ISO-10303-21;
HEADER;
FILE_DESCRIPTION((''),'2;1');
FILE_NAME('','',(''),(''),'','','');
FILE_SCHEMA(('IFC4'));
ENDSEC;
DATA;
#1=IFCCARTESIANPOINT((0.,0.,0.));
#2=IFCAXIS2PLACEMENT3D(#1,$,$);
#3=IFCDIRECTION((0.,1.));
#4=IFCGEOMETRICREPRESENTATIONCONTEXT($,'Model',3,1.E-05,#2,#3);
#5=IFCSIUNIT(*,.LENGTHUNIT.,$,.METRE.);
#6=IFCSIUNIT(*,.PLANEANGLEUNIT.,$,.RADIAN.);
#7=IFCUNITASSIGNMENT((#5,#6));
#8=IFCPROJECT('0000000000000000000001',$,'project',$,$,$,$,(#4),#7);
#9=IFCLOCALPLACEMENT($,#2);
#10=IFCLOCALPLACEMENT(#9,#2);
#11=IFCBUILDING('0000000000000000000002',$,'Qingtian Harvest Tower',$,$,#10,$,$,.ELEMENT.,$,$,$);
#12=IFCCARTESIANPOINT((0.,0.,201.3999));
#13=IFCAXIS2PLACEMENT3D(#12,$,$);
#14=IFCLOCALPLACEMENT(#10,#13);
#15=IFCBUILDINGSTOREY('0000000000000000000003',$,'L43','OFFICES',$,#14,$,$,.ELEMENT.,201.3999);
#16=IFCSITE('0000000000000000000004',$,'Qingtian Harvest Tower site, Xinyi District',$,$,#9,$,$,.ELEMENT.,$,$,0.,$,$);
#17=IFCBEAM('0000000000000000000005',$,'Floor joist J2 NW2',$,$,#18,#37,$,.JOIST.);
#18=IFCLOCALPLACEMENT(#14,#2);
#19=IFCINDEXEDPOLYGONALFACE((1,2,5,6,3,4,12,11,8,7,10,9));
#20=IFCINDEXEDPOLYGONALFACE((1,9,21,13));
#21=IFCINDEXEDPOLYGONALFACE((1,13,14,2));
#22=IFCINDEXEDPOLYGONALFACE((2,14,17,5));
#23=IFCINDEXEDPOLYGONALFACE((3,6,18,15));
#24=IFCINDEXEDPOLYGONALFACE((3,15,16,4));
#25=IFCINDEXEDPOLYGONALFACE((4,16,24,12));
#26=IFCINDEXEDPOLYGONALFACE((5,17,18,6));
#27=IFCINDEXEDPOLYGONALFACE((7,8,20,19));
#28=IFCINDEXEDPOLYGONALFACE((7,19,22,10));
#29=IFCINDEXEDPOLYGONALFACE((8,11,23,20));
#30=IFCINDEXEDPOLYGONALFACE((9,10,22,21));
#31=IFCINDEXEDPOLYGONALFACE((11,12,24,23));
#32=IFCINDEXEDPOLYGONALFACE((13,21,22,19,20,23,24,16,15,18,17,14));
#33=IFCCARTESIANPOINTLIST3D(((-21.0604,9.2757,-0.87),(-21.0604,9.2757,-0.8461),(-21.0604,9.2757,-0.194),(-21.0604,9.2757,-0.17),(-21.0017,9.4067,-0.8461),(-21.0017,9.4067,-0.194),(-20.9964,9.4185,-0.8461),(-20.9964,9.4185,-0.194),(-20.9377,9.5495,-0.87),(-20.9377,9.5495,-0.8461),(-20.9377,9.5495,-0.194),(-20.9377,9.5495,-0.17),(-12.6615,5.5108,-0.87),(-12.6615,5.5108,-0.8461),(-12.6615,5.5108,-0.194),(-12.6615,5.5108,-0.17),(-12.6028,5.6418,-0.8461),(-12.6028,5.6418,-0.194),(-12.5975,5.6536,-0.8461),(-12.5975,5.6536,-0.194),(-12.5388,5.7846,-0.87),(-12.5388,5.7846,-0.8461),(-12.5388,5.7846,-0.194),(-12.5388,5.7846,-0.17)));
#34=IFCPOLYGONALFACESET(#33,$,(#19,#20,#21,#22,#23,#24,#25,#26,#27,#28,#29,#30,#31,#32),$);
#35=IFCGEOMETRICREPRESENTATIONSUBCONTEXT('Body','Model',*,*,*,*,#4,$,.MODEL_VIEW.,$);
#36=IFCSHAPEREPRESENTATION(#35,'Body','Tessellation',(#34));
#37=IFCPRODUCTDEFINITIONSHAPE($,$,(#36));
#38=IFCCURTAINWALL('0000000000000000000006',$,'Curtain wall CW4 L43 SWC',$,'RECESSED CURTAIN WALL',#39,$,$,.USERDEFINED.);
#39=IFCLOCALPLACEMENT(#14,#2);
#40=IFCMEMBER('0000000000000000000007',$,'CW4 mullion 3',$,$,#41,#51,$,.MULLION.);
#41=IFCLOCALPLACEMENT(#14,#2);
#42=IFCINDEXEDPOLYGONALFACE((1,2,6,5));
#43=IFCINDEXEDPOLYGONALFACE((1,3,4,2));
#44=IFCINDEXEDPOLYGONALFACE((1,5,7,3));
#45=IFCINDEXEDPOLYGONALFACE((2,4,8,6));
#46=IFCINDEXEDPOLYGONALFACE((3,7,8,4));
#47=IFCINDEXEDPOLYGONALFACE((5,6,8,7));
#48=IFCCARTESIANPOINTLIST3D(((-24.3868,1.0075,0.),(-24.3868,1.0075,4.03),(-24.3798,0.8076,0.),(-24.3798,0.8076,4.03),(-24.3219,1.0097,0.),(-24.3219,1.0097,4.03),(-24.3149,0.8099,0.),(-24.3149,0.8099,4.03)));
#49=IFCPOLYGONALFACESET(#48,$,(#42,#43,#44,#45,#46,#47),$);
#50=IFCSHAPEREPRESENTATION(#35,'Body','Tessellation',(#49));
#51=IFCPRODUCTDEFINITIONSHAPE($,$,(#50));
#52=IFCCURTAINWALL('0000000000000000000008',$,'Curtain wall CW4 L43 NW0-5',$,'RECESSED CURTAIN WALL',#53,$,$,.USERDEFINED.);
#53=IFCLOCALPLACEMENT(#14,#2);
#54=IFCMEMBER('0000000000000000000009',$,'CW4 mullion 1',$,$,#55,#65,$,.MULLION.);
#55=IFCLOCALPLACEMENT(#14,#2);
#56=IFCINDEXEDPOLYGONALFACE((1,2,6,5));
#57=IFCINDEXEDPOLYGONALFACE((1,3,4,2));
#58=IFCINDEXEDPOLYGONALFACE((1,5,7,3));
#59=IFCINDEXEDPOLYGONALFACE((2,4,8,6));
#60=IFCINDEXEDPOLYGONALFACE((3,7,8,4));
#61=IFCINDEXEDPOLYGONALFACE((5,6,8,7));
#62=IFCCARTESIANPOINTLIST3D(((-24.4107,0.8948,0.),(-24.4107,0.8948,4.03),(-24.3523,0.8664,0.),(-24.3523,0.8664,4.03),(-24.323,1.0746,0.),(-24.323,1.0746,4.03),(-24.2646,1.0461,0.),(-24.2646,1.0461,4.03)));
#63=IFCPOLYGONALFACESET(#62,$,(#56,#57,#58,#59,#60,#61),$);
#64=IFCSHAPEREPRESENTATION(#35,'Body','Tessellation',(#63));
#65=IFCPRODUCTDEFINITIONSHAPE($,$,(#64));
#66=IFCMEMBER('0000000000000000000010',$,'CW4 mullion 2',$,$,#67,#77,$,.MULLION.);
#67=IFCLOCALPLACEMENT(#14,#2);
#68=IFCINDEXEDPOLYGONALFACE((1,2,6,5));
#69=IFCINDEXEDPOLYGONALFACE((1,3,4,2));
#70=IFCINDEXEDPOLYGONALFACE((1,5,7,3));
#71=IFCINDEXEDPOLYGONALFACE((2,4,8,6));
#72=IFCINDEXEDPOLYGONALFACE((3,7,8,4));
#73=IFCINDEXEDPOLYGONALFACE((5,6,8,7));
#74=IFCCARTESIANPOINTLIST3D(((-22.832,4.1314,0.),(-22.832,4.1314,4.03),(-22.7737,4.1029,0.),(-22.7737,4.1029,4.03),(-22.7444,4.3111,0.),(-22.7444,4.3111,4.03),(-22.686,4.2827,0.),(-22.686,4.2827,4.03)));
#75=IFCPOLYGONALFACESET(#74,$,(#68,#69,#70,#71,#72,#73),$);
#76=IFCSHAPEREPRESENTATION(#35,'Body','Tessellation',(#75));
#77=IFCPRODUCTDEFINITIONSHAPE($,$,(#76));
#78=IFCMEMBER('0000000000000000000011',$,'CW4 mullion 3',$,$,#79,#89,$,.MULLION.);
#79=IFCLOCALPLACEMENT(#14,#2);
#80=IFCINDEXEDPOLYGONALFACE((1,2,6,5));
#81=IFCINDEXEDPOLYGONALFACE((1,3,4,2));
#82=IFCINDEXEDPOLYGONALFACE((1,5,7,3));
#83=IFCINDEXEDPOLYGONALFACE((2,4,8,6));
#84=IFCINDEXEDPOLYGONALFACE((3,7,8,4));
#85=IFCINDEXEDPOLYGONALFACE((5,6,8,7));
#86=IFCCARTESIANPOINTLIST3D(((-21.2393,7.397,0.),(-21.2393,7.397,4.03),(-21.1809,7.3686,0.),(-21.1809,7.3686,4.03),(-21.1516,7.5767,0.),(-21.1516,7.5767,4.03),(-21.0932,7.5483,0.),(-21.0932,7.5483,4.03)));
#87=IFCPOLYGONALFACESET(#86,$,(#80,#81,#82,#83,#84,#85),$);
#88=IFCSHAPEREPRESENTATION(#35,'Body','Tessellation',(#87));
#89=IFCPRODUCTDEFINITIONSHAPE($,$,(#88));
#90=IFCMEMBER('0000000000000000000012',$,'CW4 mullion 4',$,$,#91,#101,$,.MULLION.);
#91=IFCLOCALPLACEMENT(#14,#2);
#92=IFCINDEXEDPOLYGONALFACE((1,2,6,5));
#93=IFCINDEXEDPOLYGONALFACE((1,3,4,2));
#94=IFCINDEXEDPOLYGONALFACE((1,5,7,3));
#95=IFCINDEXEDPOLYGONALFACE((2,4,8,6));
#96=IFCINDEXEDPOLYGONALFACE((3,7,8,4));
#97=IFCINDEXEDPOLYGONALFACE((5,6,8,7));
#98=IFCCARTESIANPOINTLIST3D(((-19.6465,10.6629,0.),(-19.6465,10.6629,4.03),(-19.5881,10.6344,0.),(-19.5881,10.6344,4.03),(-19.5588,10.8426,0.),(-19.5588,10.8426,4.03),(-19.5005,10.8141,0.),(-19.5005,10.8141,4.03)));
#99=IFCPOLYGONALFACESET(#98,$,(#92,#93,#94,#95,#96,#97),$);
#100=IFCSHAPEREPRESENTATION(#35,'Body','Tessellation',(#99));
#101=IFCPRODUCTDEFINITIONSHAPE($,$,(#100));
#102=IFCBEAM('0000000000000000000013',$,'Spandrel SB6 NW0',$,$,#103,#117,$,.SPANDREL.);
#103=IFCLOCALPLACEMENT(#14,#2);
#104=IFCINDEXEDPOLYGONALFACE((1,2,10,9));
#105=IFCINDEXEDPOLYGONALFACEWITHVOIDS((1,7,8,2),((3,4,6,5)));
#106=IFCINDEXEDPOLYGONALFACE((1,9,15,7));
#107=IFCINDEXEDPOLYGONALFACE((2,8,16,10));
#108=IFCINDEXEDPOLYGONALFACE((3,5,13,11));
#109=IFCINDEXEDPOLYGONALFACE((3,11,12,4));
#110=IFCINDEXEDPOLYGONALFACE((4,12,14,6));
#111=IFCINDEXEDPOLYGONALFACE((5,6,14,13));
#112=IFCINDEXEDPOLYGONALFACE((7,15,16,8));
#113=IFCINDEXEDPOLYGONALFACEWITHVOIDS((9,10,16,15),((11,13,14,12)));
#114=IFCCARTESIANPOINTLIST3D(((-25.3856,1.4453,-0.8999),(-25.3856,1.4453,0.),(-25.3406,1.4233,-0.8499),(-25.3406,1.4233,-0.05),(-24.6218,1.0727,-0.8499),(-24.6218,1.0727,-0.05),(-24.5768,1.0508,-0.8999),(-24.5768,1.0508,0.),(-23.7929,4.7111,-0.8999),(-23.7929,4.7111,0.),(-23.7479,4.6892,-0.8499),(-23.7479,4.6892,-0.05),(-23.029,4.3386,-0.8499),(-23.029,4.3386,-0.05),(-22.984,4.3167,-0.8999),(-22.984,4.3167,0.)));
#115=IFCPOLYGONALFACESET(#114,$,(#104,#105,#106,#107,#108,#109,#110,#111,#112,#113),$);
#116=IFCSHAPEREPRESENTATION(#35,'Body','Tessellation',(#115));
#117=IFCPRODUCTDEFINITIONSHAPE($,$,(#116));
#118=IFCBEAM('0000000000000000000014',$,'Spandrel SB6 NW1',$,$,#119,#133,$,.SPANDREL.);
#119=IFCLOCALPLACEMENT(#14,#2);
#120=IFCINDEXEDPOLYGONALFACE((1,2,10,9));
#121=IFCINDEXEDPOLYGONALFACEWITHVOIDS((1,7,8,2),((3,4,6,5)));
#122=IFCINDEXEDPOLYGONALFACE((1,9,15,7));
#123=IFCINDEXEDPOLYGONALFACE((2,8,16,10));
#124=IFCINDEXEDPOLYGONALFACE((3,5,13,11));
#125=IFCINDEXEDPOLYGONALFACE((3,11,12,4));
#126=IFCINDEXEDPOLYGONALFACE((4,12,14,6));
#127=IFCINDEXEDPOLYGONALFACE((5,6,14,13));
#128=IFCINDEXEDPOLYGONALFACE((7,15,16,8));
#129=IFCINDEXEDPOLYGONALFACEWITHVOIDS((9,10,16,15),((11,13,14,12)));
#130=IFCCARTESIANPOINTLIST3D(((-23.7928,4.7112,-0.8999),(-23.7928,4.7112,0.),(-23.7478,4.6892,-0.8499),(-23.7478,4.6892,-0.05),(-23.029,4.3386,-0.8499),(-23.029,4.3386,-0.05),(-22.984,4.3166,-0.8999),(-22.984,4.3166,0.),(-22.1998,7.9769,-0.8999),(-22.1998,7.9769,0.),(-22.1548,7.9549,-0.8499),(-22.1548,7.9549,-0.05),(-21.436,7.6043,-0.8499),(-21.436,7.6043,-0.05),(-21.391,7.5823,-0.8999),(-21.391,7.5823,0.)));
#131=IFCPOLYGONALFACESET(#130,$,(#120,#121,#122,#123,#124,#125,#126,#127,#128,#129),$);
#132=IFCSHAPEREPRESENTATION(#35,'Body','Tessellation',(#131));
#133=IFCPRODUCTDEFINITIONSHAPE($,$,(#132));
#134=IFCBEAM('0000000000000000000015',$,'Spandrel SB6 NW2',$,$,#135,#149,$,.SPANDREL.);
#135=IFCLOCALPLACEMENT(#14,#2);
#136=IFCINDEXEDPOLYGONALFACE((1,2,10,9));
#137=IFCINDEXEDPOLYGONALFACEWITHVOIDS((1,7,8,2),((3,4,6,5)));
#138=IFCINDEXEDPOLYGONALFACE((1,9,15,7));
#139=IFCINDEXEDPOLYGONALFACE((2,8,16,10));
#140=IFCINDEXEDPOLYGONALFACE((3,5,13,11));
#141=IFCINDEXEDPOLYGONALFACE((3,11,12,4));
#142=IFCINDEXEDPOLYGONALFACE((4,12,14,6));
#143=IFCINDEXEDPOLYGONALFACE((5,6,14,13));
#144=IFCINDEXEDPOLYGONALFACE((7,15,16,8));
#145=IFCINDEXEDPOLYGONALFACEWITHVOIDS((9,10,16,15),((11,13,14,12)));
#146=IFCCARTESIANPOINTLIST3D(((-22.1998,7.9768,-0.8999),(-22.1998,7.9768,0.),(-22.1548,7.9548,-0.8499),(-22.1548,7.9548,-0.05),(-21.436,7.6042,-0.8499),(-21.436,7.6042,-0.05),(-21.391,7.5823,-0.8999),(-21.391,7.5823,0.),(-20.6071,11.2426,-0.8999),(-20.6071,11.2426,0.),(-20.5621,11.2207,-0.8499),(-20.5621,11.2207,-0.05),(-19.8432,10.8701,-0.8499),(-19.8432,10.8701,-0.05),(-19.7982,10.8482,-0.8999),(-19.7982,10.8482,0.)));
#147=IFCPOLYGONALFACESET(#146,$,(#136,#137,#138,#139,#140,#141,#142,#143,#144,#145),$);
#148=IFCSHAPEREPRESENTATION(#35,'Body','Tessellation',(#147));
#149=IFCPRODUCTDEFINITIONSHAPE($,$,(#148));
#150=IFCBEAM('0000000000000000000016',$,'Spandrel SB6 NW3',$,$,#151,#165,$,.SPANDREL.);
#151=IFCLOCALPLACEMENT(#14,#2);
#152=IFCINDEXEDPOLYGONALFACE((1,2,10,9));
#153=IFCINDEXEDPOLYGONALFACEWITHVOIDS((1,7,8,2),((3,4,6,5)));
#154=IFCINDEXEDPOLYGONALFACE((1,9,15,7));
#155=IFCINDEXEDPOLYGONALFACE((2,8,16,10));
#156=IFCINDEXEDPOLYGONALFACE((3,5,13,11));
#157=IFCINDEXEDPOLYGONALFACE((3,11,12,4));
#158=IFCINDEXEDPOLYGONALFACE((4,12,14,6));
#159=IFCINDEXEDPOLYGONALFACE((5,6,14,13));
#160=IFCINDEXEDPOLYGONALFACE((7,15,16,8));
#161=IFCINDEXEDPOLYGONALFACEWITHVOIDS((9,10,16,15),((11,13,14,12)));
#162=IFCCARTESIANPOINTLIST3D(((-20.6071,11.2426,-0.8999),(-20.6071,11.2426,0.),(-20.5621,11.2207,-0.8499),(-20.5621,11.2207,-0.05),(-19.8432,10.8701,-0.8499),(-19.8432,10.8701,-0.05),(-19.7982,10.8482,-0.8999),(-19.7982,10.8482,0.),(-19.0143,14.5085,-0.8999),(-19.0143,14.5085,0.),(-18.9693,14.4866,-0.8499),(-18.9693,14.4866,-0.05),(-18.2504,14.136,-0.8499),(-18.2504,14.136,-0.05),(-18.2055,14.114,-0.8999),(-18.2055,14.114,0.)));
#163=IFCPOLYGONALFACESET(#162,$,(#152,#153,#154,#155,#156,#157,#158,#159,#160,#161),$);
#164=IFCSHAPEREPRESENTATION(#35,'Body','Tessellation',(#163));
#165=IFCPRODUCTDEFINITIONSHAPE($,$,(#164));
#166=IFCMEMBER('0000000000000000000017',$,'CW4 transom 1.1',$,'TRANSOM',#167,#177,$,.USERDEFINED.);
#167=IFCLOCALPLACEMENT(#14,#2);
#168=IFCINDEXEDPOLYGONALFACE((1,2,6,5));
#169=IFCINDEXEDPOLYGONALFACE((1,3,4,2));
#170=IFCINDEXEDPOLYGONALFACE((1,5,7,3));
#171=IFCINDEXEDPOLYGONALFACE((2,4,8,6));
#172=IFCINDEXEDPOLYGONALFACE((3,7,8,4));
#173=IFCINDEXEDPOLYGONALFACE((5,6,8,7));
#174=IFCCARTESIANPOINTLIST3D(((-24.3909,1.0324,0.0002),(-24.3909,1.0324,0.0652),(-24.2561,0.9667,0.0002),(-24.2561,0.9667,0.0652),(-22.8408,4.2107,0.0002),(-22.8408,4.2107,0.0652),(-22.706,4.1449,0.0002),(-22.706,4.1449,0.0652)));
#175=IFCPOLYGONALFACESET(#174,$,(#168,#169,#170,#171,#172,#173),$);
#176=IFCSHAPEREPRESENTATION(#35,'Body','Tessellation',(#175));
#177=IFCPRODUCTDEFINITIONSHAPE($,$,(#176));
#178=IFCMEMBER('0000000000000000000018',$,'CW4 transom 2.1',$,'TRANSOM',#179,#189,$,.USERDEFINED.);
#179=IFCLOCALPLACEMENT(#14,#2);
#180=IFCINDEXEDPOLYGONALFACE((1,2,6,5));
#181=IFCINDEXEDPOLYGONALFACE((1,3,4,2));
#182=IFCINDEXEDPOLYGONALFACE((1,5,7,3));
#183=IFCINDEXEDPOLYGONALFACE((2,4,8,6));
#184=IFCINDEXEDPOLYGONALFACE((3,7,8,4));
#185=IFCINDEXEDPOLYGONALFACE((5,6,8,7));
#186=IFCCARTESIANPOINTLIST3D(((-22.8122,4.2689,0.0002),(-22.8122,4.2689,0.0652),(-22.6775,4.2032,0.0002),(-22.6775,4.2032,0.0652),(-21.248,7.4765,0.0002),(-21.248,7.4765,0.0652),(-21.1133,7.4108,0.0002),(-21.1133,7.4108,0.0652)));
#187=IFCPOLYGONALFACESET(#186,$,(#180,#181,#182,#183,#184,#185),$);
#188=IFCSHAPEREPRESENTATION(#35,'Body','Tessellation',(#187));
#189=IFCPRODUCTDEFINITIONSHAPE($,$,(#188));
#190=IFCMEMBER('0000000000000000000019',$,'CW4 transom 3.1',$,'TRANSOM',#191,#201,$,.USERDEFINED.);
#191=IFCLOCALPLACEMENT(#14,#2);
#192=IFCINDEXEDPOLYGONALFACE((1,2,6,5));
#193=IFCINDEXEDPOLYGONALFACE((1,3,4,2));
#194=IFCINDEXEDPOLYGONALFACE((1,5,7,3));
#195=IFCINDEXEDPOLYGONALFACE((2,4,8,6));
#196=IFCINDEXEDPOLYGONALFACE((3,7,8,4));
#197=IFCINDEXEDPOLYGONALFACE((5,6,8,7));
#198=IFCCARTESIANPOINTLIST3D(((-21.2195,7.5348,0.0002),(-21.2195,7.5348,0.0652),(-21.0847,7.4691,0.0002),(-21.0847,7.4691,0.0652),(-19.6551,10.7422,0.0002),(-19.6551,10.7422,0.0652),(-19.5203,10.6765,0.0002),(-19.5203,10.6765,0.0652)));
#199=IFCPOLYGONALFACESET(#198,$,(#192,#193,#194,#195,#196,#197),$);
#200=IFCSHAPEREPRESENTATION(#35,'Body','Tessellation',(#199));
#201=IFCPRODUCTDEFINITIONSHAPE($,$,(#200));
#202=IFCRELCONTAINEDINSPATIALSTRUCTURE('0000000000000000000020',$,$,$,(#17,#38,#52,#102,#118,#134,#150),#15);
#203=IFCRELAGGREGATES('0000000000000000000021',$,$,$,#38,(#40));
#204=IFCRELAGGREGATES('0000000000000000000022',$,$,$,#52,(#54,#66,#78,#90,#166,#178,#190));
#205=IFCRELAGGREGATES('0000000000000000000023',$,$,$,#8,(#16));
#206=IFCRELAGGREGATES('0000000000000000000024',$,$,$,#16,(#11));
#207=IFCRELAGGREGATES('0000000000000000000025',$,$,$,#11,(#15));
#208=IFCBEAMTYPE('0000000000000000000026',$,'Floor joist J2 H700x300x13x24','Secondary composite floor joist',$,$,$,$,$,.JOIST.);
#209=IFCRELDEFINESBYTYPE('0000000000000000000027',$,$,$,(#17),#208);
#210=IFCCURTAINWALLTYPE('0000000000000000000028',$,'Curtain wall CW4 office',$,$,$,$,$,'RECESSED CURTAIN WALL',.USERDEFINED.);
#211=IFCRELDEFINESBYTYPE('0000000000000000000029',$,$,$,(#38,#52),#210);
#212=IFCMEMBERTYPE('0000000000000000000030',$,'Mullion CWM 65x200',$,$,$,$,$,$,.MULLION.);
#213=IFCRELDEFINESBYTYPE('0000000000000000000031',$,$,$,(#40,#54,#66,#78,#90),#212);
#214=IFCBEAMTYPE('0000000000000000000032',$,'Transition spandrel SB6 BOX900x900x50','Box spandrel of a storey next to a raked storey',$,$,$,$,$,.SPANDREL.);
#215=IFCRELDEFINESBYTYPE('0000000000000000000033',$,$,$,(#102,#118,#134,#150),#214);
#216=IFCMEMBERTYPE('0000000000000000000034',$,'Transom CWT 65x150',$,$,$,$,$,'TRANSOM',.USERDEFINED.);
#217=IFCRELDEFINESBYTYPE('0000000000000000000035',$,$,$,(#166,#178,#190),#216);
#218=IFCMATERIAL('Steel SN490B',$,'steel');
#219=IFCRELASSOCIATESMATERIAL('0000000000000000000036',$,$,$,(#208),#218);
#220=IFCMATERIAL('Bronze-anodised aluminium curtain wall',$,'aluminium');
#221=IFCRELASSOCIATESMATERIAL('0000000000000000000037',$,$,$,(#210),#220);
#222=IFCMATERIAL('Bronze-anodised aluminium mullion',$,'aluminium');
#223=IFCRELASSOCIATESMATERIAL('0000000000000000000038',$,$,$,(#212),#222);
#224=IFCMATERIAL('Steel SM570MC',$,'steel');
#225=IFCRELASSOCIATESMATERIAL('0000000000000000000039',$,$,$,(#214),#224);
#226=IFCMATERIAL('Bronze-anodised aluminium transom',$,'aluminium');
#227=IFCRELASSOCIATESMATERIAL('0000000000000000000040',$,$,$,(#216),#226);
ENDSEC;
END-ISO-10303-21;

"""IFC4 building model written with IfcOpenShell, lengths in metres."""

from ifc_helpers import new_model, si_unit, direction, frame, origin, origin_2d, place, context, subcontext, project, spatial, rectangle, hollow_rectangle, i_section, extrude, material, material_profile, profile_set, type_object, element, aggregate, save


model = new_model("IFC4")

# Units and contexts
model_context = context("Model", 3, precision=1e-05, world=origin(), true_north=direction((0.0, 1.0)))
body_context = subcontext(model_context, "Body", "Model", "MODEL_VIEW")
ifc_project = project(units=[si_unit("LENGTHUNIT", "METRE"), si_unit("PLANEANGLEUNIT", "RADIAN")], contexts=[model_context])

# Site, building, storey
site_placement = place(None, origin())
site = spatial("IfcSite", under=ifc_project, at=site_placement, Name="Qingtian Harvest Tower site, Xinyi District", CompositionType="ELEMENT", RefElevation=0.0)
building_placement = place(site_placement, origin())
building = spatial("IfcBuilding", under=site, at=building_placement, Name="Qingtian Harvest Tower", CompositionType="ELEMENT")
storey_placement = place(building_placement, frame((0.0, 0.0, 201.3999)))
storey = spatial("IfcBuildingStorey", under=building, at=storey_placement, Name="L43", Description="OFFICES", CompositionType="ELEMENT", Elevation=201.3999)

# Beam
ifc_material_1 = material(Name="Steel SN490B", Category="steel")
ifc_material_profile_1 = material_profile(ifc_material_1, i_section(OverallWidth=0.3, OverallDepth=0.7, WebThickness=0.0129, FlangeThickness=0.0239, at=origin_2d()), Name="H700x300x13x24")
ifc_profile_set_1 = profile_set([ifc_material_profile_1], Name="Steel SN490B")
beam_type_1 = type_object("IfcBeamType", Name="Floor joist J2 H700x300x13x24", Description="Secondary composite floor joist", PredefinedType="JOIST", material=ifc_profile_set_1)
beam_1_placement = place(storey_placement, frame((-20.999, 9.4126, -0.52), z_axis=(0.912515, -0.409043, 0.0), x_axis=(0.409043, 0.912515, 0.0)))
element("IfcBeam", 1, at=beam_1_placement, inside=storey, type_object=beam_type_1, Name="Floor joist J2 NW2", PredefinedType="JOIST", context=body_context, shape_type="SweptSolid", body=[
    extrude(i_section(OverallWidth=0.3, OverallDepth=0.7, WebThickness=0.0129, FlangeThickness=0.0239, at=origin_2d()), origin(), (0.0, 0.0, 1.0), 9.2041),
])

# Curtain wall, member
ifc_material_2 = material(Name="Bronze-anodised aluminium curtain wall", Category="aluminium")
curtain_wall_type = type_object("IfcCurtainWallType", Name="Curtain wall CW4 office", ElementType="RECESSED CURTAIN WALL", PredefinedType="USERDEFINED", material=ifc_material_2)
curtain_wall_1_placement = place(storey_placement, origin())
curtain_wall_1 = element("IfcCurtainWall", 2, at=curtain_wall_1_placement, inside=storey, type_object=curtain_wall_type, Name="Curtain wall CW4 L43 SWC", ObjectType="RECESSED CURTAIN WALL", PredefinedType="USERDEFINED")
ifc_material_3 = material(Name="Bronze-anodised aluminium mullion", Category="aluminium")
ifc_material_profile_2 = material_profile(ifc_material_3, rectangle(XDim=0.0649, YDim=0.2, at=origin_2d()), Name="AL 65x200")
ifc_profile_set_2 = profile_set([ifc_material_profile_2], Name="Bronze-anodised aluminium mullion")
member_type_1 = type_object("IfcMemberType", Name="Mullion CWM 65x200", PredefinedType="MULLION", material=ifc_profile_set_2)
member_1_placement = place(storey_placement, frame((-24.3508, 0.9087, 0.0), z_axis=(0.0, 0.0, 1.0), x_axis=(-0.999391, -0.034899, 0.0)))
member_1 = element("IfcMember", 3, at=member_1_placement, type_object=member_type_1, Name="CW4 mullion 3", PredefinedType="MULLION", context=body_context, shape_type="SweptSolid", body=[
    extrude(rectangle(XDim=0.0649, YDim=0.2, at=origin_2d()), origin(), (0.0, 0.0, 1.0), 4.03),
])

# Curtain wall, members
curtain_wall_2_placement = place(storey_placement, origin())
curtain_wall_2 = element("IfcCurtainWall", 4, at=curtain_wall_2_placement, inside=storey, type_object=curtain_wall_type, Name="Curtain wall CW4 L43 NW0-5", ObjectType="RECESSED CURTAIN WALL", PredefinedType="USERDEFINED")
member_2_placement = place(storey_placement, frame((-24.3376, 0.9705, 0.0), z_axis=(0.0, 0.0, 1.0), x_axis=(-0.898794, 0.438371, 0.0)))
member_2 = element("IfcMember", 5, at=member_2_placement, type_object=member_type_1, Name="CW4 mullion 1", PredefinedType="MULLION", context=body_context, shape_type="SweptSolid", body=[
    extrude(rectangle(XDim=0.0649, YDim=0.2, at=origin_2d()), origin(), (0.0, 0.0, 1.0), 4.03),
])
member_3_placement = place(storey_placement, frame((-22.759, 4.207, 0.0), z_axis=(0.0, 0.0, 1.0), x_axis=(-0.898794, 0.438371, 0.0)))
member_3 = element("IfcMember", 6, at=member_3_placement, type_object=member_type_1, Name="CW4 mullion 2", PredefinedType="MULLION", context=body_context, shape_type="SweptSolid", body=[
    extrude(rectangle(XDim=0.0649, YDim=0.2, at=origin_2d()), origin(), (0.0, 0.0, 1.0), 4.03),
])
member_4_placement = place(storey_placement, frame((-21.1663, 7.4727, 0.0), z_axis=(0.0, 0.0, 1.0), x_axis=(-0.898794, 0.438371, 0.0)))
member_4 = element("IfcMember", 7, at=member_4_placement, type_object=member_type_1, Name="CW4 mullion 3", PredefinedType="MULLION", context=body_context, shape_type="SweptSolid", body=[
    extrude(rectangle(XDim=0.0649, YDim=0.2, at=origin_2d()), origin(), (0.0, 0.0, 1.0), 4.03),
])
member_5_placement = place(storey_placement, frame((-19.5735, 10.7385, 0.0), z_axis=(0.0, 0.0, 1.0), x_axis=(-0.898794, 0.438371, 0.0)))
member_5 = element("IfcMember", 8, at=member_5_placement, type_object=member_type_1, Name="CW4 mullion 4", PredefinedType="MULLION", context=body_context, shape_type="SweptSolid", body=[
    extrude(rectangle(XDim=0.0649, YDim=0.2, at=origin_2d()), origin(), (0.0, 0.0, 1.0), 4.03),
])

# Beams
ifc_material_4 = material(Name="Steel SM570MC", Category="steel")
ifc_material_profile_3 = material_profile(ifc_material_4, hollow_rectangle(XDim=0.8999, YDim=0.8999, WallThickness=0.05, at=origin_2d()), Name="BOX900x900x50")
ifc_profile_set_3 = profile_set([ifc_material_profile_3], Name="Steel SM570MC")
beam_type_2 = type_object("IfcBeamType", Name="Transition spandrel SB6 BOX900x900x50", Description="Box spandrel of a storey next to a raked storey", PredefinedType="SPANDREL", material=ifc_profile_set_3)
for number, where, z_axis, x_axis, name in (
    (9, (-24.9812, 1.248, -0.45), (0.438349, 0.898805, 0.0), (-0.898805, 0.438349, 0.0), "Spandrel SB6 NW0"),
    (10, (-23.3884, 4.5139, -0.45), (0.43843, 0.898765, 0.0), (-0.898765, 0.43843, 0.0), "Spandrel SB6 NW1"),
    (11, (-21.7954, 7.7795, -0.45), (0.438349, 0.898805, 0.0), (-0.898805, 0.438349, 0.0), "Spandrel SB6 NW2"),
    (12, (-20.2026, 11.0454, -0.45), (0.438349, 0.898805, 0.0), (-0.898805, 0.438349, 0.0), "Spandrel SB6 NW3"),
):
    element("IfcBeam", number, at=place(storey_placement, frame(where, z_axis=z_axis, x_axis=x_axis)), inside=storey, type_object=beam_type_2, Name=name, PredefinedType="SPANDREL", context=body_context, shape_type="SweptSolid", body=[
        extrude(hollow_rectangle(XDim=0.8999, YDim=0.8999, WallThickness=0.05, at=origin_2d()), origin(), (0.0, 0.0, 1.0), 3.6335),
    ])

# Members
ifc_material_5 = material(Name="Bronze-anodised aluminium transom", Category="aluminium")
ifc_material_profile_4 = material_profile(ifc_material_5, rectangle(XDim=0.1499, YDim=0.0649, at=origin_2d()), Name="AL 65x150")
ifc_profile_set_4 = profile_set([ifc_material_profile_4], Name="Bronze-anodised aluminium transom")
member_type_2 = type_object("IfcMemberType", Name="Transom CWT 65x150", ElementType="TRANSOM", PredefinedType="USERDEFINED", material=ifc_profile_set_4)
member_6_placement = place(storey_placement, frame((-24.3235, 0.9995, 0.0327), z_axis=(0.438354, 0.898802, 0.0), x_axis=(-0.898802, 0.438354, 0.0)))
member_6 = element("IfcMember", 13, at=member_6_placement, type_object=member_type_2, Name="CW4 transom 1.1", ObjectType="TRANSOM", PredefinedType="USERDEFINED", context=body_context, shape_type="SweptSolid", body=[
    extrude(rectangle(XDim=0.1499, YDim=0.0649, at=origin_2d()), origin(), (0.0, 0.0, 1.0), 3.5361),
])
member_7_placement = place(storey_placement, frame((-22.7449, 4.2361, 0.0327), z_axis=(0.438325, 0.898816, 0.0), x_axis=(-0.898816, 0.438325, 0.0)))
member_7 = element("IfcMember", 14, at=member_7_placement, type_object=member_type_2, Name="CW4 transom 2.1", ObjectType="TRANSOM", PredefinedType="USERDEFINED", context=body_context, shape_type="SweptSolid", body=[
    extrude(rectangle(XDim=0.1499, YDim=0.0649, at=origin_2d()), origin(), (0.0, 0.0, 1.0), 3.5686),
])
member_8_placement = place(storey_placement, frame((-21.1521, 7.502, 0.0327), z_axis=(0.438381, 0.898789, 0.0), x_axis=(-0.898789, 0.438381, 0.0)))
member_8 = element("IfcMember", 15, at=member_8_placement, type_object=member_type_2, Name="CW4 transom 3.1", ObjectType="TRANSOM", PredefinedType="USERDEFINED", context=body_context, shape_type="SweptSolid", body=[
    extrude(rectangle(XDim=0.1499, YDim=0.0649, at=origin_2d()), origin(), (0.0, 0.0, 1.0), 3.5686),
])

aggregate(curtain_wall_1, [member_1])
aggregate(curtain_wall_2, [member_2, member_3, member_4, member_5, member_6, member_7, member_8])

save(model, "model.ifc")
